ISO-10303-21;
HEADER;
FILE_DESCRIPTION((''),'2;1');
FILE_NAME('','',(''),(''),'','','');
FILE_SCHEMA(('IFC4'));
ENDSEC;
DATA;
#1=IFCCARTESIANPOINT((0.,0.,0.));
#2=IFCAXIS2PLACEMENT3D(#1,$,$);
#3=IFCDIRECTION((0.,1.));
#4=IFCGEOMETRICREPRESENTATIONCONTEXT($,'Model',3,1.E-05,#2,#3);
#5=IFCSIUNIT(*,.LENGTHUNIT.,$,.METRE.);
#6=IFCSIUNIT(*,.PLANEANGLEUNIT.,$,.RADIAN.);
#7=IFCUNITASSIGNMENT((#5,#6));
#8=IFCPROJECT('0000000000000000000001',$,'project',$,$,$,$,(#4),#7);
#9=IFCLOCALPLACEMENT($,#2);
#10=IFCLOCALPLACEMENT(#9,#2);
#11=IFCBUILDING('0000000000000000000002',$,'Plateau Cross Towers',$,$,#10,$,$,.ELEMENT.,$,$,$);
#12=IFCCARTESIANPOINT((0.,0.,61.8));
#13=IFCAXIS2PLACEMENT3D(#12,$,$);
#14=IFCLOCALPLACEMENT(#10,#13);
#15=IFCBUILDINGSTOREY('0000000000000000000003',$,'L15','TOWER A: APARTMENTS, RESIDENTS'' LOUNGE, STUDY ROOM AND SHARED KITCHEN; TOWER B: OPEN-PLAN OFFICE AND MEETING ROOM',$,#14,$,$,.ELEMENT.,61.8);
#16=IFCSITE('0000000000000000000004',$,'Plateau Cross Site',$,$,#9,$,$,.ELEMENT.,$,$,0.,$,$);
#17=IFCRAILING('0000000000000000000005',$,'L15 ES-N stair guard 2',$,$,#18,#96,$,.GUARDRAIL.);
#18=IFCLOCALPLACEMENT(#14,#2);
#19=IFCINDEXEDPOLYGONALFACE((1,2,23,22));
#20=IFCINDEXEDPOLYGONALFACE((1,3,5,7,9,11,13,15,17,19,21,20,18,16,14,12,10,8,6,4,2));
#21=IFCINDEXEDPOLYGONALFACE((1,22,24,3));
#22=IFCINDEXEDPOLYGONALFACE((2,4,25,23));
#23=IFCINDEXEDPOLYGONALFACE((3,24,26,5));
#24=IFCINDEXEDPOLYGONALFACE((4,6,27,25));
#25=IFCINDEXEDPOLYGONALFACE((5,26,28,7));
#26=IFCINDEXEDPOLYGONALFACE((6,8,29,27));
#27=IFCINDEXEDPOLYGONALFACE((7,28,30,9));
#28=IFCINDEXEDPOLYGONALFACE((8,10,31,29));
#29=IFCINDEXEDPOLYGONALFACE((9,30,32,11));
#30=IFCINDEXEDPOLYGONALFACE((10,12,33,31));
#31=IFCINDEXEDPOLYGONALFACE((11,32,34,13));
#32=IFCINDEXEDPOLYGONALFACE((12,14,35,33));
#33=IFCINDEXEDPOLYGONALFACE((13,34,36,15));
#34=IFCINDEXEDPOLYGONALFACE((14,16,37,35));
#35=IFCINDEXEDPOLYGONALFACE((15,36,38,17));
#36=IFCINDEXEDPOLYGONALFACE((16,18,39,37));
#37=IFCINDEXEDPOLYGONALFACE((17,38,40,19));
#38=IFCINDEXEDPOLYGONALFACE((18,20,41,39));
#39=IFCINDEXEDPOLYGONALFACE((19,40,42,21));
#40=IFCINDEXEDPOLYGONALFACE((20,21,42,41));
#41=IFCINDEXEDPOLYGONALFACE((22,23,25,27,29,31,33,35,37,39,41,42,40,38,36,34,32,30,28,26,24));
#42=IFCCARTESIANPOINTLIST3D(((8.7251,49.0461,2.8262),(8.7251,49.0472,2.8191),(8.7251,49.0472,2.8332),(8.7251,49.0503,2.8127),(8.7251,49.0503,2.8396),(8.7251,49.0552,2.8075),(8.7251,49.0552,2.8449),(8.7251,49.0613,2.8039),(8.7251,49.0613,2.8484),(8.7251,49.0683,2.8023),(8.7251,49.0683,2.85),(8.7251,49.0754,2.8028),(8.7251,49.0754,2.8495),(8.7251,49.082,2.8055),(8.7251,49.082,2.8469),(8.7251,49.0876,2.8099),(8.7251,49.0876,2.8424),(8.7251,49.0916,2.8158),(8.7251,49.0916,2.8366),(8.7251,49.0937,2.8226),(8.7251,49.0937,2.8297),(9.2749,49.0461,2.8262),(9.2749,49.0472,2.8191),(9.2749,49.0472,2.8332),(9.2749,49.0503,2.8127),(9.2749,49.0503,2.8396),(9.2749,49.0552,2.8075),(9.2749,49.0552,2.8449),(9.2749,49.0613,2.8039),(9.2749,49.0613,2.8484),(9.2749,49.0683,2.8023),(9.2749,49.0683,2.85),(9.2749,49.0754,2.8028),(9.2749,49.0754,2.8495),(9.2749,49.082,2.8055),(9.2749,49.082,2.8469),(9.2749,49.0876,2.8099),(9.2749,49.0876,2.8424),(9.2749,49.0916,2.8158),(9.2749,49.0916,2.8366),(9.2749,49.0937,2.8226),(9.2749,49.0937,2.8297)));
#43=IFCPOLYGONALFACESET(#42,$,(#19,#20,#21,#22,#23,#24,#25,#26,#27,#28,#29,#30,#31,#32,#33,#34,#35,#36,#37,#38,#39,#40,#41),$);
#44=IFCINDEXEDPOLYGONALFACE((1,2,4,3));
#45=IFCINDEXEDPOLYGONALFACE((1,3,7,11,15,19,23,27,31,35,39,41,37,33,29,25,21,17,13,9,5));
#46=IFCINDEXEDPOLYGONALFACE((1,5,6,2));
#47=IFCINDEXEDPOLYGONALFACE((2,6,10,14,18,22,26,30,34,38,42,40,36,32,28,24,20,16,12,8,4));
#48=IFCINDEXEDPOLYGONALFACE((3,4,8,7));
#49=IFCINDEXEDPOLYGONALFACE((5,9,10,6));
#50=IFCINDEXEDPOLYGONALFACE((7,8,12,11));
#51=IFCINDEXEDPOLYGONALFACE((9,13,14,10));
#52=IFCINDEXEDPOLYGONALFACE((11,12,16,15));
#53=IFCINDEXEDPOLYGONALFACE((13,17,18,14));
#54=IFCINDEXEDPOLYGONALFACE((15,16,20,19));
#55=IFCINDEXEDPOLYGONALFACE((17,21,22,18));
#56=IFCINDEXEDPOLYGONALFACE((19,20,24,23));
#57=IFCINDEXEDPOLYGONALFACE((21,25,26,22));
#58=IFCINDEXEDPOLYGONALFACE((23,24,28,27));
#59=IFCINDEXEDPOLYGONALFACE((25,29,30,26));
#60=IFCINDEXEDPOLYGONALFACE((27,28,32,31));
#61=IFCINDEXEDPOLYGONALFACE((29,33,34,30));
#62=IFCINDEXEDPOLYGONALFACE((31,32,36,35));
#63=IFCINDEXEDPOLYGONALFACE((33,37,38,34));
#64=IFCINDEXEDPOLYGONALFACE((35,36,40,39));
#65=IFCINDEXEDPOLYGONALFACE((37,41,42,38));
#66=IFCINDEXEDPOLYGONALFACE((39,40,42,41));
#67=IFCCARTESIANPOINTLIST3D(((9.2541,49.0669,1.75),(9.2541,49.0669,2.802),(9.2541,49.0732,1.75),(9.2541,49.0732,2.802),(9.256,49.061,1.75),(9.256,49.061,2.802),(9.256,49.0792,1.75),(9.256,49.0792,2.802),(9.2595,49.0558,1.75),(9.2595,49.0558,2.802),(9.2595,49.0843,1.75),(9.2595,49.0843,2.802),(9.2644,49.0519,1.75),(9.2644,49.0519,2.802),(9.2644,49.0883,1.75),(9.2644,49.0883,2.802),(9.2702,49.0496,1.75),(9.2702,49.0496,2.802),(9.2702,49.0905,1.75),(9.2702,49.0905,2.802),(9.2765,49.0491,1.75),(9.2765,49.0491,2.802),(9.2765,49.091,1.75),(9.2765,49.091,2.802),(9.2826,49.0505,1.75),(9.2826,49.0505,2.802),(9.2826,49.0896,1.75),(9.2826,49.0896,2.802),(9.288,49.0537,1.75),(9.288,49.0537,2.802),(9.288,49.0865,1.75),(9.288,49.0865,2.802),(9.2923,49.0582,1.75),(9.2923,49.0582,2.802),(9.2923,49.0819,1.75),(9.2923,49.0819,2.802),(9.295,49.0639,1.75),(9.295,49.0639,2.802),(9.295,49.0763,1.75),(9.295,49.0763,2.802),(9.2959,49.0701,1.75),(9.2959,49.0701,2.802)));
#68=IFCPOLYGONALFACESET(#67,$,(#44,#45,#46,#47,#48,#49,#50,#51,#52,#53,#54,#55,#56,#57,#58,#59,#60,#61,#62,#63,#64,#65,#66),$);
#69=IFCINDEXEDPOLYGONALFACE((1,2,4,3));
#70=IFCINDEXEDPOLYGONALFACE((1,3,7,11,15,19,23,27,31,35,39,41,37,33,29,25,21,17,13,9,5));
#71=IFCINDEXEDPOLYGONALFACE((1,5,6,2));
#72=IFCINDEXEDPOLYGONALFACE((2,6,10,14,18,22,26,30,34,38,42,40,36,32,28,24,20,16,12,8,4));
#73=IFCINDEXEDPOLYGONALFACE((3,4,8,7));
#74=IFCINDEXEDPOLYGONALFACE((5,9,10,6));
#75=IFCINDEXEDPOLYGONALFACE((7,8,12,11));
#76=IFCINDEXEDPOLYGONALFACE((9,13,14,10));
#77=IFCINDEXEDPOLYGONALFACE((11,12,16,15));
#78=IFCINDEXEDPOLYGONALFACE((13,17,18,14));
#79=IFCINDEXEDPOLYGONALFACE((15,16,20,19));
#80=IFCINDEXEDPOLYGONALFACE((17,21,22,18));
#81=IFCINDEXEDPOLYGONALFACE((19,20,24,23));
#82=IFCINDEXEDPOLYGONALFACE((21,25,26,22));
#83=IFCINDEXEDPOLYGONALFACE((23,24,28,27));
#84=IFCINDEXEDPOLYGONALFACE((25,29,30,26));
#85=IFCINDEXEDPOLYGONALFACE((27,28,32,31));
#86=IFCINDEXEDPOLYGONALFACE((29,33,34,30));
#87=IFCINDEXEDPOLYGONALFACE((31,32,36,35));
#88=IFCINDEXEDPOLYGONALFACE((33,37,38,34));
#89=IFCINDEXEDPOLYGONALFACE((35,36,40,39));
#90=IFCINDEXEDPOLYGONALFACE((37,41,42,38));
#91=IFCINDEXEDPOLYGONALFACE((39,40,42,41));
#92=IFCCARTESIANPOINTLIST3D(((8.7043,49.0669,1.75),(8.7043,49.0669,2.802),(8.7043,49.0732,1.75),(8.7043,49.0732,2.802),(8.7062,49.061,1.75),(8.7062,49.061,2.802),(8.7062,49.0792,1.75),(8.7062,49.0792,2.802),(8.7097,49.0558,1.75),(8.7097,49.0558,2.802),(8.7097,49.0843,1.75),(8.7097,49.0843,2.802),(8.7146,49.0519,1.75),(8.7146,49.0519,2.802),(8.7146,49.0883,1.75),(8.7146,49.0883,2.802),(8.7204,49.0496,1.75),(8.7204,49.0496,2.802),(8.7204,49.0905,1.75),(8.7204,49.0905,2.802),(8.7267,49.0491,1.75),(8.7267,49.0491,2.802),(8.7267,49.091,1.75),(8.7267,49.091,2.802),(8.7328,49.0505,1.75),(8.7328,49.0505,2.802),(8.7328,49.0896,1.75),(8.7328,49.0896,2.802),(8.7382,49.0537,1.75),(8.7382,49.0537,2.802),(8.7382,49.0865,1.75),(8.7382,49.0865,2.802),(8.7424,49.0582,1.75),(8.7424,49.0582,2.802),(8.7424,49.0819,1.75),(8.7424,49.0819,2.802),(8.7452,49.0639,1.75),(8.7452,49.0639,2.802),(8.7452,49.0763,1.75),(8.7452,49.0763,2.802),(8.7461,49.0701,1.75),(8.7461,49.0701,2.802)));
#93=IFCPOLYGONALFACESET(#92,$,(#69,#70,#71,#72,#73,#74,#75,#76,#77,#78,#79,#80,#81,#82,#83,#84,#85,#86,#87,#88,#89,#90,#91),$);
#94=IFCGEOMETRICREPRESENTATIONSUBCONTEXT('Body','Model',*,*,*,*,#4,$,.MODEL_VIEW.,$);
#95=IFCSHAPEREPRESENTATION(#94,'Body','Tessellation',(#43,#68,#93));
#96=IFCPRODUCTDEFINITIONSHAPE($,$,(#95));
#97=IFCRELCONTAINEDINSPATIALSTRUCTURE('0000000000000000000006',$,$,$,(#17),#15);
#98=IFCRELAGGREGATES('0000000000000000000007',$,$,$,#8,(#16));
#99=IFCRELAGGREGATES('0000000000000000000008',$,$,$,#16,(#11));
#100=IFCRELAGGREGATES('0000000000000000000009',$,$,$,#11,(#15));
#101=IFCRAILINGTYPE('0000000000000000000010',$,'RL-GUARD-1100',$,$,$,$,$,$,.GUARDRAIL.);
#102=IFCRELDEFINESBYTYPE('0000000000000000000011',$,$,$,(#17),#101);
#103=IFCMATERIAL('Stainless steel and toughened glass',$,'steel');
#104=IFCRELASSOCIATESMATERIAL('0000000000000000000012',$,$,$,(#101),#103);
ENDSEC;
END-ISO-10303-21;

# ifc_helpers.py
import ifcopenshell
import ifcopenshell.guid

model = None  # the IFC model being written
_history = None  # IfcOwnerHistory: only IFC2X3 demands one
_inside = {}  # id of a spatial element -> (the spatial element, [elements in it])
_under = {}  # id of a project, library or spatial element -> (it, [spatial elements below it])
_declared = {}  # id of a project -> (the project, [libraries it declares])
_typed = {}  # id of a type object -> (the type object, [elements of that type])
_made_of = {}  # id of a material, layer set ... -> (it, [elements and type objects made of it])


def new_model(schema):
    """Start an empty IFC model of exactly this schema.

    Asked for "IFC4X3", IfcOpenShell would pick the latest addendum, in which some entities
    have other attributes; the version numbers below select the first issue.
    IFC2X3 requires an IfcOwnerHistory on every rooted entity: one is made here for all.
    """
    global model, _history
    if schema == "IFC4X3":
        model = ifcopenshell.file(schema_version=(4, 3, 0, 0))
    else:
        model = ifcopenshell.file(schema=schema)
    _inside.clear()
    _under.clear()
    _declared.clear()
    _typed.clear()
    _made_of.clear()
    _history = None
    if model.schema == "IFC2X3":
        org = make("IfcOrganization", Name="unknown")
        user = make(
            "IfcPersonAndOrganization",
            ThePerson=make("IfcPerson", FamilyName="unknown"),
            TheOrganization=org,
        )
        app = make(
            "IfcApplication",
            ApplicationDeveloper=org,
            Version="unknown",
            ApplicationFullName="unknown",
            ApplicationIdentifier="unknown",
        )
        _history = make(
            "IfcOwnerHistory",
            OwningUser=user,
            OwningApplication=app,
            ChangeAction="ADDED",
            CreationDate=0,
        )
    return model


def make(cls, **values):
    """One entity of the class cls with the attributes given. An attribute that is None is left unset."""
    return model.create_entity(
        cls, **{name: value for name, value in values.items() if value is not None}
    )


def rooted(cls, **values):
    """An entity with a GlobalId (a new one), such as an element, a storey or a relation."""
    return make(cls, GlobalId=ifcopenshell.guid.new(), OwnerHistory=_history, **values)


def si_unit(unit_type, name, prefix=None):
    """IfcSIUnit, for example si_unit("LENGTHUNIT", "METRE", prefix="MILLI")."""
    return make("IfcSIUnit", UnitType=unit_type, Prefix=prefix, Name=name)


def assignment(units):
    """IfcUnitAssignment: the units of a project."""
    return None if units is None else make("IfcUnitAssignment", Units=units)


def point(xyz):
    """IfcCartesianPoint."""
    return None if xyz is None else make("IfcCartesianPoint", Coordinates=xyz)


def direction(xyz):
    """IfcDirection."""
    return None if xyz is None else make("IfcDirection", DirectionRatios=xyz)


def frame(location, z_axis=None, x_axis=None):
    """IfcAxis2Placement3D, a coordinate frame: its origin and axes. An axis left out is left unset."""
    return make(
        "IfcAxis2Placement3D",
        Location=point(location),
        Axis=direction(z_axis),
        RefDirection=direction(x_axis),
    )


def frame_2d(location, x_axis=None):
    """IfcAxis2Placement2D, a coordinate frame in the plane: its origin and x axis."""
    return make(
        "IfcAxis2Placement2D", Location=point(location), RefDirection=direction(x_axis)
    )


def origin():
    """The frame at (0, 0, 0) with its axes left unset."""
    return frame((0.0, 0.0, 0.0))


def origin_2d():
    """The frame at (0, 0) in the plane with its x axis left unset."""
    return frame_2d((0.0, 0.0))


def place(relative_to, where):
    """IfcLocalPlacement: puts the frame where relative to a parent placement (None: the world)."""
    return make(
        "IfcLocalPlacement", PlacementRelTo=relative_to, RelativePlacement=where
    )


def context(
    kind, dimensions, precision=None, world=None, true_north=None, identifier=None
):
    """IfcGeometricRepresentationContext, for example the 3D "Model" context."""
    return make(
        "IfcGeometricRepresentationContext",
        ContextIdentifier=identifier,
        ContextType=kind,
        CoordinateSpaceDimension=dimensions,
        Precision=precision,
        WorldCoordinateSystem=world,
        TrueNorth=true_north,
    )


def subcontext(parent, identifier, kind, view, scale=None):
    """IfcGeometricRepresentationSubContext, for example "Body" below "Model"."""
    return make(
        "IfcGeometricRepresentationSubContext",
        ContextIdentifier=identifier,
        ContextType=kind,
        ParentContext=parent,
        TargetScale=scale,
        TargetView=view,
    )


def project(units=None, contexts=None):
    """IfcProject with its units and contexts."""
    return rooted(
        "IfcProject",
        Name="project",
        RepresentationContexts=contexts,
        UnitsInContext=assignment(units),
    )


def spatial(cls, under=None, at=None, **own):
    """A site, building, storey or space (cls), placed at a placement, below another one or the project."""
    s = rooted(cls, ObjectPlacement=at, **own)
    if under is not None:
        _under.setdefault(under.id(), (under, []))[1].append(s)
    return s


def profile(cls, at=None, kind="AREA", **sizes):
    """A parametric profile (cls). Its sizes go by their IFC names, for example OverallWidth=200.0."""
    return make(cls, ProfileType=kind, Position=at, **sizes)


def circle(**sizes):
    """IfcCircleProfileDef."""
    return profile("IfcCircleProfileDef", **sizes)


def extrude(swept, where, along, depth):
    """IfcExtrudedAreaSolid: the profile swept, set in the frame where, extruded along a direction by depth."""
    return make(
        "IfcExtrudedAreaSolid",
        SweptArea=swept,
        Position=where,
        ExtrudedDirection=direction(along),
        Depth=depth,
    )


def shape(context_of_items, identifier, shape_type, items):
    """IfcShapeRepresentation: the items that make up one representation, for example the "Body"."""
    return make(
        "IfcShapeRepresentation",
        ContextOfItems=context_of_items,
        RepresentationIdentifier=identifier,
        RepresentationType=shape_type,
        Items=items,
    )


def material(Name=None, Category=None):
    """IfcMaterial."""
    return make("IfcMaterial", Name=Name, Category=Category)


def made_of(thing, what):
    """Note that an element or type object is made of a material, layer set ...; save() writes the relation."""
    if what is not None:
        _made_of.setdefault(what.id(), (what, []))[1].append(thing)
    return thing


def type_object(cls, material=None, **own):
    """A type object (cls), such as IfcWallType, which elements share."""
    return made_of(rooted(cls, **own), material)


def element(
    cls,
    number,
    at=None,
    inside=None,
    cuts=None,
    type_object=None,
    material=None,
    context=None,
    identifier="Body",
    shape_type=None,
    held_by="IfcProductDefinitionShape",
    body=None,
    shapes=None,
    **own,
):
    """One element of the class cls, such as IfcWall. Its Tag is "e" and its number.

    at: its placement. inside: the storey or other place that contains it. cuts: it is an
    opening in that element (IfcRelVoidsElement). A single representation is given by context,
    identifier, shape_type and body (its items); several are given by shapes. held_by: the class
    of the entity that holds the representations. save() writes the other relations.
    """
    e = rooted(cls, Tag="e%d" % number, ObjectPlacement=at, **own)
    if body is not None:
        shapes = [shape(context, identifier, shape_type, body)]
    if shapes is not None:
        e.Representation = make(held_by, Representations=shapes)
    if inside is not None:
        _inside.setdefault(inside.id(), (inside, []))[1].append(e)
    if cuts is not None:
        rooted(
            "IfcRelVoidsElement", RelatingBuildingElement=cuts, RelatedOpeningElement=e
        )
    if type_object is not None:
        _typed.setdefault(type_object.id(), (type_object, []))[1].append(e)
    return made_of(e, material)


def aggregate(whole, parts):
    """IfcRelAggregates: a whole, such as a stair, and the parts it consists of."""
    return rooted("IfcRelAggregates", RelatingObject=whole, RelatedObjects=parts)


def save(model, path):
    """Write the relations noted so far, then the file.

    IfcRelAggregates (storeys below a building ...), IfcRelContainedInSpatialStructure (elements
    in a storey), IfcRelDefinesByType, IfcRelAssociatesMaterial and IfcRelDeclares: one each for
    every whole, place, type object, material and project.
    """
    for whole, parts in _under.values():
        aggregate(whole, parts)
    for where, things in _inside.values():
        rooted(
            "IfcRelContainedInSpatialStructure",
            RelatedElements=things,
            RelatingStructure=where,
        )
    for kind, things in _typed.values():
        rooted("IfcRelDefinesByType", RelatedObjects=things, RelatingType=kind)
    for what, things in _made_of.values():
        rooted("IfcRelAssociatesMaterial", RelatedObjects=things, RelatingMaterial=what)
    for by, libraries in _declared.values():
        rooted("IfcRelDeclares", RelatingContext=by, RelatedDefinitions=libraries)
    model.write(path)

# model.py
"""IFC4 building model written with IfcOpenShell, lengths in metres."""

from ifc_helpers import new_model, si_unit, direction, frame, origin, origin_2d, place, context, subcontext, project, spatial, circle, extrude, material, type_object, element, save


model = new_model("IFC4")

# Units and contexts
model_context = context("Model", 3, precision=1e-05, world=origin(), true_north=direction((0.0, 1.0)))
body_context = subcontext(model_context, "Body", "Model", "MODEL_VIEW")
ifc_project = project(units=[si_unit("LENGTHUNIT", "METRE"), si_unit("PLANEANGLEUNIT", "RADIAN")], contexts=[model_context])

# Site, building, storey
site_placement = place(None, origin())
site = spatial("IfcSite", under=ifc_project, at=site_placement, Name="Plateau Cross Site", CompositionType="ELEMENT", RefElevation=0.0)
building_placement = place(site_placement, origin())
building = spatial("IfcBuilding", under=site, at=building_placement, Name="Plateau Cross Towers", CompositionType="ELEMENT")
storey_placement = place(building_placement, frame((0.0, 0.0, 61.8)))
storey = spatial("IfcBuildingStorey", under=building, at=storey_placement, Name="L15", Description="TOWER A: APARTMENTS, RESIDENTS' LOUNGE, STUDY ROOM AND SHARED KITCHEN; TOWER B: OPEN-PLAN OFFICE AND MEETING ROOM", CompositionType="ELEMENT", Elevation=61.8)

# Railing
ifc_material_1 = material(Name="Stainless steel and toughened glass", Category="steel")
railing_type_1 = type_object("IfcRailingType", Name="RL-GUARD-1100", PredefinedType="GUARDRAIL", material=ifc_material_1)
railing_1_placement = place(storey_placement, frame((9.2749, 49.0701, 1.75)))
element("IfcRailing", 1, at=railing_1_placement, inside=storey, type_object=railing_type_1, Name="L15 ES-N stair guard 2", PredefinedType="GUARDRAIL", context=body_context, shape_type="SweptSolid", body=[
    extrude(circle(Radius=0.0239, at=origin_2d()), frame((0.0, 0.0, 1.0762), z_axis=(-1.0, 0.0, 0.0), x_axis=(0.0, -1.0, 0.0)), (0.0, 0.0, 1.0), 0.5498),
    extrude(circle(Radius=0.021, at=origin_2d()), origin(), (0.0, 0.0, 1.0), 1.052),
    extrude(circle(Radius=0.021, at=origin_2d()), frame((-0.5498, 0.0, 0.0)), (0.0, 0.0, 1.0), 1.052),
])

save(model, "model.ifc")
